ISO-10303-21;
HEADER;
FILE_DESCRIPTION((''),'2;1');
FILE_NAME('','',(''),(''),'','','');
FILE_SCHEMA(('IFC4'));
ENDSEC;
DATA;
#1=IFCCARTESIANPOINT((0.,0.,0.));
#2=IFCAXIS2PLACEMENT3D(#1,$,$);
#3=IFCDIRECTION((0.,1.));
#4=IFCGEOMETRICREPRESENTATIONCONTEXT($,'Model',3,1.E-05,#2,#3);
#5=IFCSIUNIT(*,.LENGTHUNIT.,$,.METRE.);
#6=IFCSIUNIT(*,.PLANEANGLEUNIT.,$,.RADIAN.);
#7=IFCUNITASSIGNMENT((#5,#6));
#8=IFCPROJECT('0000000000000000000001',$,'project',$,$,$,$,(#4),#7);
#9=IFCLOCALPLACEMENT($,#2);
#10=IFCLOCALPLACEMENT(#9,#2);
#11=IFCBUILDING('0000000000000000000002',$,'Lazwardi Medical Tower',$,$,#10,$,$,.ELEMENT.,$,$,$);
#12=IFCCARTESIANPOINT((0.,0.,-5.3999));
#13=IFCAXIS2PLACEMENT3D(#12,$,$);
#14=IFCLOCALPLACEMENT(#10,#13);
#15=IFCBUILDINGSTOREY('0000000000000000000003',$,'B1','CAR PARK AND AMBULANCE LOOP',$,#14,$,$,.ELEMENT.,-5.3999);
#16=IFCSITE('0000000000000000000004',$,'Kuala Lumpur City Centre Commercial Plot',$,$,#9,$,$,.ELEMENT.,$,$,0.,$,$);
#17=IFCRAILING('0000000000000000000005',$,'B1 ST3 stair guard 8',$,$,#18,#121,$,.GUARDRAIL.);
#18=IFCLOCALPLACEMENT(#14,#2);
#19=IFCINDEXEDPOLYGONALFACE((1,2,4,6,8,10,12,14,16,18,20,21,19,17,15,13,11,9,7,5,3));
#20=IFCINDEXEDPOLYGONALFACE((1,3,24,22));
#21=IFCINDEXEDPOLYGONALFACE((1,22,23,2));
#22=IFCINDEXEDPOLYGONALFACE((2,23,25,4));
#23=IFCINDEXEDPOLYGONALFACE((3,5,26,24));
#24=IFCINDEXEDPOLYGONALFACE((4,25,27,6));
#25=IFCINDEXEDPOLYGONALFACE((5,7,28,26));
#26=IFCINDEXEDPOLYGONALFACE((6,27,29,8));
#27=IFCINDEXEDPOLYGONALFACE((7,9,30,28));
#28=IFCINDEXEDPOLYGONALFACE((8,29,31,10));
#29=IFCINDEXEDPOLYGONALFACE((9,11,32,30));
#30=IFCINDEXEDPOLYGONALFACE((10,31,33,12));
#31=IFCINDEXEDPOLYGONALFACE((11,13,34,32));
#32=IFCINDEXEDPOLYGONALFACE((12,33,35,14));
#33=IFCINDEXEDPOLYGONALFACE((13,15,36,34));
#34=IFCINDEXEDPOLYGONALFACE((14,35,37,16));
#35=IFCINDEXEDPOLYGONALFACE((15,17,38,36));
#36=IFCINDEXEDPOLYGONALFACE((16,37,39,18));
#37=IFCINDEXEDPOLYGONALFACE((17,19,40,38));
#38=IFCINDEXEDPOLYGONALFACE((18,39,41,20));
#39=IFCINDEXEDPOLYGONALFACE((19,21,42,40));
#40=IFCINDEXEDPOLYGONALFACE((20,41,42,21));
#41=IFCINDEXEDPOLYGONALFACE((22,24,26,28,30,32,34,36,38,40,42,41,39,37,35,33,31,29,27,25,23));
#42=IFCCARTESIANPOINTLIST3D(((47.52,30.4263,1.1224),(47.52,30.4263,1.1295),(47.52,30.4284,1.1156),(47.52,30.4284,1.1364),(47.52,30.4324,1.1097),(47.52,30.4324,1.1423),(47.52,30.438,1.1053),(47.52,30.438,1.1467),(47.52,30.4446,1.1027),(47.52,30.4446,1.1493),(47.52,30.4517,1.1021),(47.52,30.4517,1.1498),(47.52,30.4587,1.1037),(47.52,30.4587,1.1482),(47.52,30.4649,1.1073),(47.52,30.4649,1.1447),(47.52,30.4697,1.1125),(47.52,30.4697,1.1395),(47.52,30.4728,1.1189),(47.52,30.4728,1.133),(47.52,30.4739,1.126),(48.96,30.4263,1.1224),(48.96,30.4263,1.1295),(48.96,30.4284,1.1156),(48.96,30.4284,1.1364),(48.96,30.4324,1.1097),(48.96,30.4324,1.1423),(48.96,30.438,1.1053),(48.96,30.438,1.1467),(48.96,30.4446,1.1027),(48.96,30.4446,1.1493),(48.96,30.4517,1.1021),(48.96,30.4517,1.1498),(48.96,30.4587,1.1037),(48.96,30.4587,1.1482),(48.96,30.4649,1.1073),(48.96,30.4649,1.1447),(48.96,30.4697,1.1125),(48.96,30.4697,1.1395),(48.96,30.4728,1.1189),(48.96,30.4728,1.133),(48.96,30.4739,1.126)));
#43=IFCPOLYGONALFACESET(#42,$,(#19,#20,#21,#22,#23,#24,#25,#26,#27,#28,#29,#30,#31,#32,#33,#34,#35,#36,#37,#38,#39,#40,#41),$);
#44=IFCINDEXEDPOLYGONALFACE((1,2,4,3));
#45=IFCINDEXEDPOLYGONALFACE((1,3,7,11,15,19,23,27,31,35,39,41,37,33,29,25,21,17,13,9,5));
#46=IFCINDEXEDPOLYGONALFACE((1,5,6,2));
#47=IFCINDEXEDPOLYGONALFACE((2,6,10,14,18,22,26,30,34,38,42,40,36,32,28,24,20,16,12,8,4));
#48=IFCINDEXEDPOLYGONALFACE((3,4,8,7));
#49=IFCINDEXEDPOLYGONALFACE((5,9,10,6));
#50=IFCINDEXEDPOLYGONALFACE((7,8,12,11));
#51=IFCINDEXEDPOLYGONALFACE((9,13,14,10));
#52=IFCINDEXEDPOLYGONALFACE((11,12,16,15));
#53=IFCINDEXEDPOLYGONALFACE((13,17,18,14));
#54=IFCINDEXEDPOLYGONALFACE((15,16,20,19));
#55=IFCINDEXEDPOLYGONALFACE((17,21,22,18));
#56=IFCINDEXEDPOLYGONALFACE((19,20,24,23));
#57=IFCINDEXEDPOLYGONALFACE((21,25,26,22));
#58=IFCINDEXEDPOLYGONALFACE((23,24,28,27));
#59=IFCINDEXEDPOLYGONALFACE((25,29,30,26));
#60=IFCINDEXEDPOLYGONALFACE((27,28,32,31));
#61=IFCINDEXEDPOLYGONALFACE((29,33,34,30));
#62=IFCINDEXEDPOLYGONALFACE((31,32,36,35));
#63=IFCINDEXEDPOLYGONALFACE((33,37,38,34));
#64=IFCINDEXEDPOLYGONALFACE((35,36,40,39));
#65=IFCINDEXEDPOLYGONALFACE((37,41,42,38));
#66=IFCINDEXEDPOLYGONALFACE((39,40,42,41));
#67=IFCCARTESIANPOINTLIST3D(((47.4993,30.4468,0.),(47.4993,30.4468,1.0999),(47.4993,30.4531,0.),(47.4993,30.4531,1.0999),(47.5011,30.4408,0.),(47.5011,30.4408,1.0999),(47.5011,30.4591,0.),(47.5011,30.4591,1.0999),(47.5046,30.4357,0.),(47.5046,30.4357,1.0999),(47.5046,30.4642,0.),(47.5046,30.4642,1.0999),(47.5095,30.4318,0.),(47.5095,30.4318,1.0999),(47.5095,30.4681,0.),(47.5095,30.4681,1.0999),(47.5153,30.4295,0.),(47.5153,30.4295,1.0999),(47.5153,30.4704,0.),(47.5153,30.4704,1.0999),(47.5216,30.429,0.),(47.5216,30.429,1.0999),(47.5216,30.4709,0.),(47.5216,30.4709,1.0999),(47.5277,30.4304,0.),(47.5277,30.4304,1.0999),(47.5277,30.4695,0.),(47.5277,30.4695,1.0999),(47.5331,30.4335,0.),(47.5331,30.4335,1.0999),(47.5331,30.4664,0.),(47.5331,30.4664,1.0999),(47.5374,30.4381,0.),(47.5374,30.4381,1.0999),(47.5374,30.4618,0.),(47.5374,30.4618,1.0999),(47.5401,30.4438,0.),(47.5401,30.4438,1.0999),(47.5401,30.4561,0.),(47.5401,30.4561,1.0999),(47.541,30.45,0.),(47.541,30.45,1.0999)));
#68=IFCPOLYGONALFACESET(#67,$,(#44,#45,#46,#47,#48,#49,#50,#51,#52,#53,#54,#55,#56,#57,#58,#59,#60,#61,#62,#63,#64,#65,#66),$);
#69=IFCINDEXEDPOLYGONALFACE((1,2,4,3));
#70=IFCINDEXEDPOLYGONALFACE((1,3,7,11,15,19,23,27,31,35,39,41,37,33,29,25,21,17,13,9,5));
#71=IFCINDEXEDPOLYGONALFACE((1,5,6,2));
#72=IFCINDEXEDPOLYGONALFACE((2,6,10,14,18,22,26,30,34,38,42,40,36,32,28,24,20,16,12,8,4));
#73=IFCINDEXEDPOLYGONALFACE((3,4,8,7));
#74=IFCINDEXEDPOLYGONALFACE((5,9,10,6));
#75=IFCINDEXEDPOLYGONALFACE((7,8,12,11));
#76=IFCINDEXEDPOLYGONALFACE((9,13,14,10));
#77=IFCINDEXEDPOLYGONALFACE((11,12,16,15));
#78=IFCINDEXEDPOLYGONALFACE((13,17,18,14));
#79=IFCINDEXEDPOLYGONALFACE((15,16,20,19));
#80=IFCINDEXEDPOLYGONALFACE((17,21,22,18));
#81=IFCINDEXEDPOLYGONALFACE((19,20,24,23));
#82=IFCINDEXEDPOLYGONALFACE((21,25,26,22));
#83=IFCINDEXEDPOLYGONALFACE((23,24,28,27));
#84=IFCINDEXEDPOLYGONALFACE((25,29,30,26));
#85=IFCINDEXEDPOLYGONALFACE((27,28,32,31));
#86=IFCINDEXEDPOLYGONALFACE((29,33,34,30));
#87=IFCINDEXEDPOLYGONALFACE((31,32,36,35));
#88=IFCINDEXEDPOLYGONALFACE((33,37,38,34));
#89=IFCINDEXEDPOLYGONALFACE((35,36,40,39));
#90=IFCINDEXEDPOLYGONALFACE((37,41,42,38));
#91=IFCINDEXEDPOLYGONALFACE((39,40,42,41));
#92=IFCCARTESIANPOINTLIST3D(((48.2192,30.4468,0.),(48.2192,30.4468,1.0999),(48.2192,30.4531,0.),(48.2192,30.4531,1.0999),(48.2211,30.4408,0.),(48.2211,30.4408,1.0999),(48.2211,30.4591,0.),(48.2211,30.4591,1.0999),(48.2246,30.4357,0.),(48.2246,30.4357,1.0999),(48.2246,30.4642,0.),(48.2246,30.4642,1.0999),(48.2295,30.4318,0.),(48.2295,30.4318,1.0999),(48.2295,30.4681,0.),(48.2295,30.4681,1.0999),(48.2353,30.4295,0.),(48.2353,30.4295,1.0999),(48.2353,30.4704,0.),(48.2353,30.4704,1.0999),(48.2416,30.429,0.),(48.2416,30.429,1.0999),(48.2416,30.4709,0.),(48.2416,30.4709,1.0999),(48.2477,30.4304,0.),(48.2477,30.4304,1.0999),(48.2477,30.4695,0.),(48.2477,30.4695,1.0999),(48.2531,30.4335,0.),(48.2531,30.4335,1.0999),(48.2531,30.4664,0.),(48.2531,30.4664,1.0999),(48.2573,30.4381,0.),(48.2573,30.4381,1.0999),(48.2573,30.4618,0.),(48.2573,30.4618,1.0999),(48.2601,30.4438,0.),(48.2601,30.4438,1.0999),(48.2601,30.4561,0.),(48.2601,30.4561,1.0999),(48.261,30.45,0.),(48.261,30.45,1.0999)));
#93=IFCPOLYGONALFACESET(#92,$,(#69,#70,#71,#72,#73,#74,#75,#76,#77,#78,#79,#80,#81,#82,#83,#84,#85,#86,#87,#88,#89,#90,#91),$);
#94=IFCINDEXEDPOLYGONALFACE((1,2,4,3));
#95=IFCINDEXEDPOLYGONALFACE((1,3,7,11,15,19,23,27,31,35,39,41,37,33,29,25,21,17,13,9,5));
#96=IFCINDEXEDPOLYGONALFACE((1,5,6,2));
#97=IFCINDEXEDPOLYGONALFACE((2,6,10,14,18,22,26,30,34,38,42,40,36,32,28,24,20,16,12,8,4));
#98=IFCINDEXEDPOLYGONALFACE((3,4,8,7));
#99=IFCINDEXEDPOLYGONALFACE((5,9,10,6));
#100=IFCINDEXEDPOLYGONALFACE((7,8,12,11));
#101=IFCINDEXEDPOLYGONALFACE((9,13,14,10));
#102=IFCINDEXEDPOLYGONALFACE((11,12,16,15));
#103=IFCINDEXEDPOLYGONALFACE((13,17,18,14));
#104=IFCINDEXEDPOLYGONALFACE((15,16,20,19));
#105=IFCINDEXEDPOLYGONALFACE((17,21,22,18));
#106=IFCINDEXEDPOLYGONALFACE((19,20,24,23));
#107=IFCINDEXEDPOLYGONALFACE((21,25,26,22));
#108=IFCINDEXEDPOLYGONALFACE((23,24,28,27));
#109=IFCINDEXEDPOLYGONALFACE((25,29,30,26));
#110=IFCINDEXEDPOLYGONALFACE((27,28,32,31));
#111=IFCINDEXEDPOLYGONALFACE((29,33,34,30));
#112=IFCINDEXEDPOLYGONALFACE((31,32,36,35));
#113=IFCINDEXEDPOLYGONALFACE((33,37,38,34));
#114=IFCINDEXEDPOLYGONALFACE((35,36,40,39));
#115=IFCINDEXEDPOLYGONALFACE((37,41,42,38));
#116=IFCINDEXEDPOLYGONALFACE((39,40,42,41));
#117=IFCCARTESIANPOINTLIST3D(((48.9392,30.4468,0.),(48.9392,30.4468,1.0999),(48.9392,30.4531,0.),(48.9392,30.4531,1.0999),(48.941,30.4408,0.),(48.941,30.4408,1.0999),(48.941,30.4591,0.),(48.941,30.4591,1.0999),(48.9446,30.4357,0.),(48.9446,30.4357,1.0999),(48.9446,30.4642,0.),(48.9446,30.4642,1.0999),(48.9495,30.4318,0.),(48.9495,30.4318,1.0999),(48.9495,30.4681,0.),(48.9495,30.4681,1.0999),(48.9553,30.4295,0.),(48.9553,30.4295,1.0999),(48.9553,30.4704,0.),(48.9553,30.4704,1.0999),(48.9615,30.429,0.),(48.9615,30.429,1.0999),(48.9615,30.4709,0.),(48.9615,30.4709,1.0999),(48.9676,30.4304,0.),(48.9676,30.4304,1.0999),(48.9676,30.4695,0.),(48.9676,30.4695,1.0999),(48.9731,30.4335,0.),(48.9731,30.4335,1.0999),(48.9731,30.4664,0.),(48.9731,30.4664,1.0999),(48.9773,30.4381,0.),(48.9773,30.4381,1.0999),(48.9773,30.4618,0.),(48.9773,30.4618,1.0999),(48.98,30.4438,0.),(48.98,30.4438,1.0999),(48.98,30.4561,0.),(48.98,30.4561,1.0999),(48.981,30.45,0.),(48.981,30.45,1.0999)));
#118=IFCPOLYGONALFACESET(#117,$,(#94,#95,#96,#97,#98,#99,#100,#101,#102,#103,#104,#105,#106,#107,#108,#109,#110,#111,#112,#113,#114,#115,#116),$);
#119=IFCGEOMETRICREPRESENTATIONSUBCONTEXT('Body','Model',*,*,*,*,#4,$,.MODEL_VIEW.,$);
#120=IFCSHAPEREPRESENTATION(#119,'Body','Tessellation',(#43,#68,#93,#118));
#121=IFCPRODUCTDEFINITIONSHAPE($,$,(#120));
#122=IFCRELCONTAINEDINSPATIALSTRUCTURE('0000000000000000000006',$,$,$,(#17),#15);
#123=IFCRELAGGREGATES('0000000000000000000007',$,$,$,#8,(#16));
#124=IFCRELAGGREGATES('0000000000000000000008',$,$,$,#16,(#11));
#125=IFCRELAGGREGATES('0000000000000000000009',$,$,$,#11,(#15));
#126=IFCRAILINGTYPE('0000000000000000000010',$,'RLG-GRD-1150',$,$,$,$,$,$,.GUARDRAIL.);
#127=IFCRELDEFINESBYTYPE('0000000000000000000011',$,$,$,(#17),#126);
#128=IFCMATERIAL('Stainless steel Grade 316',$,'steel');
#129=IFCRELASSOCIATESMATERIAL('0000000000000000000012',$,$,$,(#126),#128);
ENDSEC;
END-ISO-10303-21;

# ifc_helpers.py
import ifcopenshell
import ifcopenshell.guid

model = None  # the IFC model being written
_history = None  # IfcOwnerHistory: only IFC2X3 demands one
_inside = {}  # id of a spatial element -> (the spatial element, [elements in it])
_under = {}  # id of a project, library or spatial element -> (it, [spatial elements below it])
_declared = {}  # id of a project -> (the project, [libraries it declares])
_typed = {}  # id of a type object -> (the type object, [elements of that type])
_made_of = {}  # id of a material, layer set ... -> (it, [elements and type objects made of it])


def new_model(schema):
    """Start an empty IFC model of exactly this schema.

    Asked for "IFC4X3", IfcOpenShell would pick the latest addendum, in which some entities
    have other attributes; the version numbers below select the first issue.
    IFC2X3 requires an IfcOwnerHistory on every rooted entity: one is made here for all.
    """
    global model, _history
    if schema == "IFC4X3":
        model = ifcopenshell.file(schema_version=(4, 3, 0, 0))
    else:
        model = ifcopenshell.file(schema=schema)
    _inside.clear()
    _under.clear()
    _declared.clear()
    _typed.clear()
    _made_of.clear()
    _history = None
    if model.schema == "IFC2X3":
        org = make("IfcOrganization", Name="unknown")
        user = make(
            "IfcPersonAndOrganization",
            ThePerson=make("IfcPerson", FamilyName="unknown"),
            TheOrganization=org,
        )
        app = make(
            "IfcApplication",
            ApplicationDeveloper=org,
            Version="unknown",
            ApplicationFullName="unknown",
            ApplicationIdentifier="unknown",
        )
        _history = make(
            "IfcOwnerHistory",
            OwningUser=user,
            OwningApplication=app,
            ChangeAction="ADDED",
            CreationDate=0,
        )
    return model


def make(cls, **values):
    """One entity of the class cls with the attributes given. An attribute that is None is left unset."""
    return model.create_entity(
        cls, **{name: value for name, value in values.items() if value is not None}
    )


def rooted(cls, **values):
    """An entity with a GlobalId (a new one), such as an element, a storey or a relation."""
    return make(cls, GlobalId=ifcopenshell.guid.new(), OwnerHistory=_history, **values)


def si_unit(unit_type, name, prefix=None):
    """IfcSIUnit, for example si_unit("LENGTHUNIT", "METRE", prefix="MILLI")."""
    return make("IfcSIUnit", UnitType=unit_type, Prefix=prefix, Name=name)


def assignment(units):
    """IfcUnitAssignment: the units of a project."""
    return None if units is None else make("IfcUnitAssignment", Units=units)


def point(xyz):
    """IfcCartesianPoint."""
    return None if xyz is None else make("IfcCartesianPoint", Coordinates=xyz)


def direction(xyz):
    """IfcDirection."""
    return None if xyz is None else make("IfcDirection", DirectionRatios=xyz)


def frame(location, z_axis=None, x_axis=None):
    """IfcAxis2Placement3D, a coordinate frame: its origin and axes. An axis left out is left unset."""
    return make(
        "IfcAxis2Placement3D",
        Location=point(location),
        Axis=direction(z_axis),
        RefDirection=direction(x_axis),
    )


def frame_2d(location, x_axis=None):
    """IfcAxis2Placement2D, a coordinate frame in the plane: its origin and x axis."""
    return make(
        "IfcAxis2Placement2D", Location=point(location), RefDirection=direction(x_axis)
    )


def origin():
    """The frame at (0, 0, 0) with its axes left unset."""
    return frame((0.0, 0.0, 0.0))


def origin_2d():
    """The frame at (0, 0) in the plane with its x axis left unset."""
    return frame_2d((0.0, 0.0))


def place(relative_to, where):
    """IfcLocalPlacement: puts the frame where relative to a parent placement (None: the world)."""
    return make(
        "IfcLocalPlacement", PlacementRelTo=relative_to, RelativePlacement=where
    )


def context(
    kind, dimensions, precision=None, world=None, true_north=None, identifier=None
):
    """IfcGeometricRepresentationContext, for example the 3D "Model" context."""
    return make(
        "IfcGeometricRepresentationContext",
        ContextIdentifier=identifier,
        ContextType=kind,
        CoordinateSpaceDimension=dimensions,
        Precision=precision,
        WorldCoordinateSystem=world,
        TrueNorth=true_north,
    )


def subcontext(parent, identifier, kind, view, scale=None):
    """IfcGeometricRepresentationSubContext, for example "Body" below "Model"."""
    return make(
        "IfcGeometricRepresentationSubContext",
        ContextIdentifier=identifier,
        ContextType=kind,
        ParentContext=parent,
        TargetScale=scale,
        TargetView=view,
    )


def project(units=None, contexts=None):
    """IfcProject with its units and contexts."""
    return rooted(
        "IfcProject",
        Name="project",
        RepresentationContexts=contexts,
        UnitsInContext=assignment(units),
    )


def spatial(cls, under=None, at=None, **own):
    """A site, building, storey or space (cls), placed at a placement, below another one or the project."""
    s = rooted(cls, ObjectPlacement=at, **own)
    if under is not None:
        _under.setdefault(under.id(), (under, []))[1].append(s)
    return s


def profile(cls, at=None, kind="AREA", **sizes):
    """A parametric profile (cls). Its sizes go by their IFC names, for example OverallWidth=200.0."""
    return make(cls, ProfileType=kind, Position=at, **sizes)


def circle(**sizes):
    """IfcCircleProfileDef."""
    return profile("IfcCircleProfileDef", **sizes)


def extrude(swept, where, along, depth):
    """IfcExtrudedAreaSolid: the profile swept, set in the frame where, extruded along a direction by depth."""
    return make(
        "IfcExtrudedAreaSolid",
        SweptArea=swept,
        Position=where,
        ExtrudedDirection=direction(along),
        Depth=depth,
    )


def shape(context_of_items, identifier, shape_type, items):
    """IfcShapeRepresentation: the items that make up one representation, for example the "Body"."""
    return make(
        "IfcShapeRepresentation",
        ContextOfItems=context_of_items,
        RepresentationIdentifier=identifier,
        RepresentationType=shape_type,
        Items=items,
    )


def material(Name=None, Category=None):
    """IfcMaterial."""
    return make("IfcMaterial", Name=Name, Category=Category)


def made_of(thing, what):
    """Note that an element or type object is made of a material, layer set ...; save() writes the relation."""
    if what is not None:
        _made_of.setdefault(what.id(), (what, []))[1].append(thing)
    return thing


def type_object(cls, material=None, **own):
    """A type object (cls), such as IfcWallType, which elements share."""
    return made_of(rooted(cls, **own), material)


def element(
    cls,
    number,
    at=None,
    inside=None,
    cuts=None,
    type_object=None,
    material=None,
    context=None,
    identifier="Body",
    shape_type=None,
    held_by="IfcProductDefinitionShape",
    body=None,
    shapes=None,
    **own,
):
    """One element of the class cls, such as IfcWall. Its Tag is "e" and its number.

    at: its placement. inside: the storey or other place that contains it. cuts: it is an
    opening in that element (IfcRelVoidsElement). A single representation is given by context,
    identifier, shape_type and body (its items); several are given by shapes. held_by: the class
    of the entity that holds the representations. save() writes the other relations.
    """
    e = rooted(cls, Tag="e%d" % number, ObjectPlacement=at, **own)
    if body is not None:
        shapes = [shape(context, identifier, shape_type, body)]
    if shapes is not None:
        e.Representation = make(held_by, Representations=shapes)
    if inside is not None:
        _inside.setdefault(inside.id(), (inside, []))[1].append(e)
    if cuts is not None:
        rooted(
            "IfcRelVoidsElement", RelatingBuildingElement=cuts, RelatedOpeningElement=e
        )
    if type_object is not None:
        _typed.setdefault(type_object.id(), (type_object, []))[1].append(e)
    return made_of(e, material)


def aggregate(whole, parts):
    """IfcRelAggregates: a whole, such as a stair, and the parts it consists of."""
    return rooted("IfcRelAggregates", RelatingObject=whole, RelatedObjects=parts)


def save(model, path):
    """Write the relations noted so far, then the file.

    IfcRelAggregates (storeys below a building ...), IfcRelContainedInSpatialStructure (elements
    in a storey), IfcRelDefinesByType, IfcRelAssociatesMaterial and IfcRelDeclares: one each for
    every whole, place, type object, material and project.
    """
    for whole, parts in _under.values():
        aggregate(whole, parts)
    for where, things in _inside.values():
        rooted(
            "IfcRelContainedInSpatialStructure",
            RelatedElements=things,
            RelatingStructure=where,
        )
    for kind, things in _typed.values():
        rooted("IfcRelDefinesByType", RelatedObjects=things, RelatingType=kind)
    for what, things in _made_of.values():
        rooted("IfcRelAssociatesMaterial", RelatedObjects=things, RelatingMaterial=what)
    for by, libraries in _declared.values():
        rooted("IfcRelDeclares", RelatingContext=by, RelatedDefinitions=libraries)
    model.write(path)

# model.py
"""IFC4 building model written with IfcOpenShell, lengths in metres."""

from ifc_helpers import new_model, si_unit, direction, frame, origin, origin_2d, place, context, subcontext, project, spatial, circle, extrude, material, type_object, element, save


model = new_model("IFC4")

# Units and contexts
model_context = context("Model", 3, precision=1e-05, world=origin(), true_north=direction((0.0, 1.0)))
body_context = subcontext(model_context, "Body", "Model", "MODEL_VIEW")
ifc_project = project(units=[si_unit("LENGTHUNIT", "METRE"), si_unit("PLANEANGLEUNIT", "RADIAN")], contexts=[model_context])

# Site, building, storey
site_placement = place(None, origin())
site = spatial("IfcSite", under=ifc_project, at=site_placement, Name="Kuala Lumpur City Centre Commercial Plot", CompositionType="ELEMENT", RefElevation=0.0)
building_placement = place(site_placement, origin())
building = spatial("IfcBuilding", under=site, at=building_placement, Name="Lazwardi Medical Tower", CompositionType="ELEMENT")
storey_placement = place(building_placement, frame((0.0, 0.0, -5.3999)))
storey = spatial("IfcBuildingStorey", under=building, at=storey_placement, Name="B1", Description="CAR PARK AND AMBULANCE LOOP", CompositionType="ELEMENT", Elevation=-5.3999)

# Railing
ifc_material_1 = material(Name="Stainless steel Grade 316", Category="steel")
railing_type_1 = type_object("IfcRailingType", Name="RLG-GRD-1150", PredefinedType="GUARDRAIL", material=ifc_material_1)
railing_1_placement = place(storey_placement, frame((47.52, 30.45, 0.0)))
element("IfcRailing", 1, at=railing_1_placement, inside=storey, type_object=railing_type_1, Name="B1 ST3 stair guard 8", PredefinedType="GUARDRAIL", context=body_context, shape_type="SweptSolid", body=[
    extrude(circle(Radius=0.0239, at=origin_2d()), frame((0.0, 0.0, 1.126), z_axis=(1.0, 0.0, 0.0), x_axis=(0.0, 1.0, 0.0)), (0.0, 0.0, 1.0), 1.4399),
    extrude(circle(Radius=0.021, at=origin_2d()), origin(), (0.0, 0.0, 1.0), 1.0999),
    extrude(circle(Radius=0.021, at=origin_2d()), frame((0.72, 0.0, 0.0)), (0.0, 0.0, 1.0), 1.0999),
    extrude(circle(Radius=0.021, at=origin_2d()), frame((1.4399, 0.0, 0.0)), (0.0, 0.0, 1.0), 1.0999),
])

save(model, "model.ifc")
